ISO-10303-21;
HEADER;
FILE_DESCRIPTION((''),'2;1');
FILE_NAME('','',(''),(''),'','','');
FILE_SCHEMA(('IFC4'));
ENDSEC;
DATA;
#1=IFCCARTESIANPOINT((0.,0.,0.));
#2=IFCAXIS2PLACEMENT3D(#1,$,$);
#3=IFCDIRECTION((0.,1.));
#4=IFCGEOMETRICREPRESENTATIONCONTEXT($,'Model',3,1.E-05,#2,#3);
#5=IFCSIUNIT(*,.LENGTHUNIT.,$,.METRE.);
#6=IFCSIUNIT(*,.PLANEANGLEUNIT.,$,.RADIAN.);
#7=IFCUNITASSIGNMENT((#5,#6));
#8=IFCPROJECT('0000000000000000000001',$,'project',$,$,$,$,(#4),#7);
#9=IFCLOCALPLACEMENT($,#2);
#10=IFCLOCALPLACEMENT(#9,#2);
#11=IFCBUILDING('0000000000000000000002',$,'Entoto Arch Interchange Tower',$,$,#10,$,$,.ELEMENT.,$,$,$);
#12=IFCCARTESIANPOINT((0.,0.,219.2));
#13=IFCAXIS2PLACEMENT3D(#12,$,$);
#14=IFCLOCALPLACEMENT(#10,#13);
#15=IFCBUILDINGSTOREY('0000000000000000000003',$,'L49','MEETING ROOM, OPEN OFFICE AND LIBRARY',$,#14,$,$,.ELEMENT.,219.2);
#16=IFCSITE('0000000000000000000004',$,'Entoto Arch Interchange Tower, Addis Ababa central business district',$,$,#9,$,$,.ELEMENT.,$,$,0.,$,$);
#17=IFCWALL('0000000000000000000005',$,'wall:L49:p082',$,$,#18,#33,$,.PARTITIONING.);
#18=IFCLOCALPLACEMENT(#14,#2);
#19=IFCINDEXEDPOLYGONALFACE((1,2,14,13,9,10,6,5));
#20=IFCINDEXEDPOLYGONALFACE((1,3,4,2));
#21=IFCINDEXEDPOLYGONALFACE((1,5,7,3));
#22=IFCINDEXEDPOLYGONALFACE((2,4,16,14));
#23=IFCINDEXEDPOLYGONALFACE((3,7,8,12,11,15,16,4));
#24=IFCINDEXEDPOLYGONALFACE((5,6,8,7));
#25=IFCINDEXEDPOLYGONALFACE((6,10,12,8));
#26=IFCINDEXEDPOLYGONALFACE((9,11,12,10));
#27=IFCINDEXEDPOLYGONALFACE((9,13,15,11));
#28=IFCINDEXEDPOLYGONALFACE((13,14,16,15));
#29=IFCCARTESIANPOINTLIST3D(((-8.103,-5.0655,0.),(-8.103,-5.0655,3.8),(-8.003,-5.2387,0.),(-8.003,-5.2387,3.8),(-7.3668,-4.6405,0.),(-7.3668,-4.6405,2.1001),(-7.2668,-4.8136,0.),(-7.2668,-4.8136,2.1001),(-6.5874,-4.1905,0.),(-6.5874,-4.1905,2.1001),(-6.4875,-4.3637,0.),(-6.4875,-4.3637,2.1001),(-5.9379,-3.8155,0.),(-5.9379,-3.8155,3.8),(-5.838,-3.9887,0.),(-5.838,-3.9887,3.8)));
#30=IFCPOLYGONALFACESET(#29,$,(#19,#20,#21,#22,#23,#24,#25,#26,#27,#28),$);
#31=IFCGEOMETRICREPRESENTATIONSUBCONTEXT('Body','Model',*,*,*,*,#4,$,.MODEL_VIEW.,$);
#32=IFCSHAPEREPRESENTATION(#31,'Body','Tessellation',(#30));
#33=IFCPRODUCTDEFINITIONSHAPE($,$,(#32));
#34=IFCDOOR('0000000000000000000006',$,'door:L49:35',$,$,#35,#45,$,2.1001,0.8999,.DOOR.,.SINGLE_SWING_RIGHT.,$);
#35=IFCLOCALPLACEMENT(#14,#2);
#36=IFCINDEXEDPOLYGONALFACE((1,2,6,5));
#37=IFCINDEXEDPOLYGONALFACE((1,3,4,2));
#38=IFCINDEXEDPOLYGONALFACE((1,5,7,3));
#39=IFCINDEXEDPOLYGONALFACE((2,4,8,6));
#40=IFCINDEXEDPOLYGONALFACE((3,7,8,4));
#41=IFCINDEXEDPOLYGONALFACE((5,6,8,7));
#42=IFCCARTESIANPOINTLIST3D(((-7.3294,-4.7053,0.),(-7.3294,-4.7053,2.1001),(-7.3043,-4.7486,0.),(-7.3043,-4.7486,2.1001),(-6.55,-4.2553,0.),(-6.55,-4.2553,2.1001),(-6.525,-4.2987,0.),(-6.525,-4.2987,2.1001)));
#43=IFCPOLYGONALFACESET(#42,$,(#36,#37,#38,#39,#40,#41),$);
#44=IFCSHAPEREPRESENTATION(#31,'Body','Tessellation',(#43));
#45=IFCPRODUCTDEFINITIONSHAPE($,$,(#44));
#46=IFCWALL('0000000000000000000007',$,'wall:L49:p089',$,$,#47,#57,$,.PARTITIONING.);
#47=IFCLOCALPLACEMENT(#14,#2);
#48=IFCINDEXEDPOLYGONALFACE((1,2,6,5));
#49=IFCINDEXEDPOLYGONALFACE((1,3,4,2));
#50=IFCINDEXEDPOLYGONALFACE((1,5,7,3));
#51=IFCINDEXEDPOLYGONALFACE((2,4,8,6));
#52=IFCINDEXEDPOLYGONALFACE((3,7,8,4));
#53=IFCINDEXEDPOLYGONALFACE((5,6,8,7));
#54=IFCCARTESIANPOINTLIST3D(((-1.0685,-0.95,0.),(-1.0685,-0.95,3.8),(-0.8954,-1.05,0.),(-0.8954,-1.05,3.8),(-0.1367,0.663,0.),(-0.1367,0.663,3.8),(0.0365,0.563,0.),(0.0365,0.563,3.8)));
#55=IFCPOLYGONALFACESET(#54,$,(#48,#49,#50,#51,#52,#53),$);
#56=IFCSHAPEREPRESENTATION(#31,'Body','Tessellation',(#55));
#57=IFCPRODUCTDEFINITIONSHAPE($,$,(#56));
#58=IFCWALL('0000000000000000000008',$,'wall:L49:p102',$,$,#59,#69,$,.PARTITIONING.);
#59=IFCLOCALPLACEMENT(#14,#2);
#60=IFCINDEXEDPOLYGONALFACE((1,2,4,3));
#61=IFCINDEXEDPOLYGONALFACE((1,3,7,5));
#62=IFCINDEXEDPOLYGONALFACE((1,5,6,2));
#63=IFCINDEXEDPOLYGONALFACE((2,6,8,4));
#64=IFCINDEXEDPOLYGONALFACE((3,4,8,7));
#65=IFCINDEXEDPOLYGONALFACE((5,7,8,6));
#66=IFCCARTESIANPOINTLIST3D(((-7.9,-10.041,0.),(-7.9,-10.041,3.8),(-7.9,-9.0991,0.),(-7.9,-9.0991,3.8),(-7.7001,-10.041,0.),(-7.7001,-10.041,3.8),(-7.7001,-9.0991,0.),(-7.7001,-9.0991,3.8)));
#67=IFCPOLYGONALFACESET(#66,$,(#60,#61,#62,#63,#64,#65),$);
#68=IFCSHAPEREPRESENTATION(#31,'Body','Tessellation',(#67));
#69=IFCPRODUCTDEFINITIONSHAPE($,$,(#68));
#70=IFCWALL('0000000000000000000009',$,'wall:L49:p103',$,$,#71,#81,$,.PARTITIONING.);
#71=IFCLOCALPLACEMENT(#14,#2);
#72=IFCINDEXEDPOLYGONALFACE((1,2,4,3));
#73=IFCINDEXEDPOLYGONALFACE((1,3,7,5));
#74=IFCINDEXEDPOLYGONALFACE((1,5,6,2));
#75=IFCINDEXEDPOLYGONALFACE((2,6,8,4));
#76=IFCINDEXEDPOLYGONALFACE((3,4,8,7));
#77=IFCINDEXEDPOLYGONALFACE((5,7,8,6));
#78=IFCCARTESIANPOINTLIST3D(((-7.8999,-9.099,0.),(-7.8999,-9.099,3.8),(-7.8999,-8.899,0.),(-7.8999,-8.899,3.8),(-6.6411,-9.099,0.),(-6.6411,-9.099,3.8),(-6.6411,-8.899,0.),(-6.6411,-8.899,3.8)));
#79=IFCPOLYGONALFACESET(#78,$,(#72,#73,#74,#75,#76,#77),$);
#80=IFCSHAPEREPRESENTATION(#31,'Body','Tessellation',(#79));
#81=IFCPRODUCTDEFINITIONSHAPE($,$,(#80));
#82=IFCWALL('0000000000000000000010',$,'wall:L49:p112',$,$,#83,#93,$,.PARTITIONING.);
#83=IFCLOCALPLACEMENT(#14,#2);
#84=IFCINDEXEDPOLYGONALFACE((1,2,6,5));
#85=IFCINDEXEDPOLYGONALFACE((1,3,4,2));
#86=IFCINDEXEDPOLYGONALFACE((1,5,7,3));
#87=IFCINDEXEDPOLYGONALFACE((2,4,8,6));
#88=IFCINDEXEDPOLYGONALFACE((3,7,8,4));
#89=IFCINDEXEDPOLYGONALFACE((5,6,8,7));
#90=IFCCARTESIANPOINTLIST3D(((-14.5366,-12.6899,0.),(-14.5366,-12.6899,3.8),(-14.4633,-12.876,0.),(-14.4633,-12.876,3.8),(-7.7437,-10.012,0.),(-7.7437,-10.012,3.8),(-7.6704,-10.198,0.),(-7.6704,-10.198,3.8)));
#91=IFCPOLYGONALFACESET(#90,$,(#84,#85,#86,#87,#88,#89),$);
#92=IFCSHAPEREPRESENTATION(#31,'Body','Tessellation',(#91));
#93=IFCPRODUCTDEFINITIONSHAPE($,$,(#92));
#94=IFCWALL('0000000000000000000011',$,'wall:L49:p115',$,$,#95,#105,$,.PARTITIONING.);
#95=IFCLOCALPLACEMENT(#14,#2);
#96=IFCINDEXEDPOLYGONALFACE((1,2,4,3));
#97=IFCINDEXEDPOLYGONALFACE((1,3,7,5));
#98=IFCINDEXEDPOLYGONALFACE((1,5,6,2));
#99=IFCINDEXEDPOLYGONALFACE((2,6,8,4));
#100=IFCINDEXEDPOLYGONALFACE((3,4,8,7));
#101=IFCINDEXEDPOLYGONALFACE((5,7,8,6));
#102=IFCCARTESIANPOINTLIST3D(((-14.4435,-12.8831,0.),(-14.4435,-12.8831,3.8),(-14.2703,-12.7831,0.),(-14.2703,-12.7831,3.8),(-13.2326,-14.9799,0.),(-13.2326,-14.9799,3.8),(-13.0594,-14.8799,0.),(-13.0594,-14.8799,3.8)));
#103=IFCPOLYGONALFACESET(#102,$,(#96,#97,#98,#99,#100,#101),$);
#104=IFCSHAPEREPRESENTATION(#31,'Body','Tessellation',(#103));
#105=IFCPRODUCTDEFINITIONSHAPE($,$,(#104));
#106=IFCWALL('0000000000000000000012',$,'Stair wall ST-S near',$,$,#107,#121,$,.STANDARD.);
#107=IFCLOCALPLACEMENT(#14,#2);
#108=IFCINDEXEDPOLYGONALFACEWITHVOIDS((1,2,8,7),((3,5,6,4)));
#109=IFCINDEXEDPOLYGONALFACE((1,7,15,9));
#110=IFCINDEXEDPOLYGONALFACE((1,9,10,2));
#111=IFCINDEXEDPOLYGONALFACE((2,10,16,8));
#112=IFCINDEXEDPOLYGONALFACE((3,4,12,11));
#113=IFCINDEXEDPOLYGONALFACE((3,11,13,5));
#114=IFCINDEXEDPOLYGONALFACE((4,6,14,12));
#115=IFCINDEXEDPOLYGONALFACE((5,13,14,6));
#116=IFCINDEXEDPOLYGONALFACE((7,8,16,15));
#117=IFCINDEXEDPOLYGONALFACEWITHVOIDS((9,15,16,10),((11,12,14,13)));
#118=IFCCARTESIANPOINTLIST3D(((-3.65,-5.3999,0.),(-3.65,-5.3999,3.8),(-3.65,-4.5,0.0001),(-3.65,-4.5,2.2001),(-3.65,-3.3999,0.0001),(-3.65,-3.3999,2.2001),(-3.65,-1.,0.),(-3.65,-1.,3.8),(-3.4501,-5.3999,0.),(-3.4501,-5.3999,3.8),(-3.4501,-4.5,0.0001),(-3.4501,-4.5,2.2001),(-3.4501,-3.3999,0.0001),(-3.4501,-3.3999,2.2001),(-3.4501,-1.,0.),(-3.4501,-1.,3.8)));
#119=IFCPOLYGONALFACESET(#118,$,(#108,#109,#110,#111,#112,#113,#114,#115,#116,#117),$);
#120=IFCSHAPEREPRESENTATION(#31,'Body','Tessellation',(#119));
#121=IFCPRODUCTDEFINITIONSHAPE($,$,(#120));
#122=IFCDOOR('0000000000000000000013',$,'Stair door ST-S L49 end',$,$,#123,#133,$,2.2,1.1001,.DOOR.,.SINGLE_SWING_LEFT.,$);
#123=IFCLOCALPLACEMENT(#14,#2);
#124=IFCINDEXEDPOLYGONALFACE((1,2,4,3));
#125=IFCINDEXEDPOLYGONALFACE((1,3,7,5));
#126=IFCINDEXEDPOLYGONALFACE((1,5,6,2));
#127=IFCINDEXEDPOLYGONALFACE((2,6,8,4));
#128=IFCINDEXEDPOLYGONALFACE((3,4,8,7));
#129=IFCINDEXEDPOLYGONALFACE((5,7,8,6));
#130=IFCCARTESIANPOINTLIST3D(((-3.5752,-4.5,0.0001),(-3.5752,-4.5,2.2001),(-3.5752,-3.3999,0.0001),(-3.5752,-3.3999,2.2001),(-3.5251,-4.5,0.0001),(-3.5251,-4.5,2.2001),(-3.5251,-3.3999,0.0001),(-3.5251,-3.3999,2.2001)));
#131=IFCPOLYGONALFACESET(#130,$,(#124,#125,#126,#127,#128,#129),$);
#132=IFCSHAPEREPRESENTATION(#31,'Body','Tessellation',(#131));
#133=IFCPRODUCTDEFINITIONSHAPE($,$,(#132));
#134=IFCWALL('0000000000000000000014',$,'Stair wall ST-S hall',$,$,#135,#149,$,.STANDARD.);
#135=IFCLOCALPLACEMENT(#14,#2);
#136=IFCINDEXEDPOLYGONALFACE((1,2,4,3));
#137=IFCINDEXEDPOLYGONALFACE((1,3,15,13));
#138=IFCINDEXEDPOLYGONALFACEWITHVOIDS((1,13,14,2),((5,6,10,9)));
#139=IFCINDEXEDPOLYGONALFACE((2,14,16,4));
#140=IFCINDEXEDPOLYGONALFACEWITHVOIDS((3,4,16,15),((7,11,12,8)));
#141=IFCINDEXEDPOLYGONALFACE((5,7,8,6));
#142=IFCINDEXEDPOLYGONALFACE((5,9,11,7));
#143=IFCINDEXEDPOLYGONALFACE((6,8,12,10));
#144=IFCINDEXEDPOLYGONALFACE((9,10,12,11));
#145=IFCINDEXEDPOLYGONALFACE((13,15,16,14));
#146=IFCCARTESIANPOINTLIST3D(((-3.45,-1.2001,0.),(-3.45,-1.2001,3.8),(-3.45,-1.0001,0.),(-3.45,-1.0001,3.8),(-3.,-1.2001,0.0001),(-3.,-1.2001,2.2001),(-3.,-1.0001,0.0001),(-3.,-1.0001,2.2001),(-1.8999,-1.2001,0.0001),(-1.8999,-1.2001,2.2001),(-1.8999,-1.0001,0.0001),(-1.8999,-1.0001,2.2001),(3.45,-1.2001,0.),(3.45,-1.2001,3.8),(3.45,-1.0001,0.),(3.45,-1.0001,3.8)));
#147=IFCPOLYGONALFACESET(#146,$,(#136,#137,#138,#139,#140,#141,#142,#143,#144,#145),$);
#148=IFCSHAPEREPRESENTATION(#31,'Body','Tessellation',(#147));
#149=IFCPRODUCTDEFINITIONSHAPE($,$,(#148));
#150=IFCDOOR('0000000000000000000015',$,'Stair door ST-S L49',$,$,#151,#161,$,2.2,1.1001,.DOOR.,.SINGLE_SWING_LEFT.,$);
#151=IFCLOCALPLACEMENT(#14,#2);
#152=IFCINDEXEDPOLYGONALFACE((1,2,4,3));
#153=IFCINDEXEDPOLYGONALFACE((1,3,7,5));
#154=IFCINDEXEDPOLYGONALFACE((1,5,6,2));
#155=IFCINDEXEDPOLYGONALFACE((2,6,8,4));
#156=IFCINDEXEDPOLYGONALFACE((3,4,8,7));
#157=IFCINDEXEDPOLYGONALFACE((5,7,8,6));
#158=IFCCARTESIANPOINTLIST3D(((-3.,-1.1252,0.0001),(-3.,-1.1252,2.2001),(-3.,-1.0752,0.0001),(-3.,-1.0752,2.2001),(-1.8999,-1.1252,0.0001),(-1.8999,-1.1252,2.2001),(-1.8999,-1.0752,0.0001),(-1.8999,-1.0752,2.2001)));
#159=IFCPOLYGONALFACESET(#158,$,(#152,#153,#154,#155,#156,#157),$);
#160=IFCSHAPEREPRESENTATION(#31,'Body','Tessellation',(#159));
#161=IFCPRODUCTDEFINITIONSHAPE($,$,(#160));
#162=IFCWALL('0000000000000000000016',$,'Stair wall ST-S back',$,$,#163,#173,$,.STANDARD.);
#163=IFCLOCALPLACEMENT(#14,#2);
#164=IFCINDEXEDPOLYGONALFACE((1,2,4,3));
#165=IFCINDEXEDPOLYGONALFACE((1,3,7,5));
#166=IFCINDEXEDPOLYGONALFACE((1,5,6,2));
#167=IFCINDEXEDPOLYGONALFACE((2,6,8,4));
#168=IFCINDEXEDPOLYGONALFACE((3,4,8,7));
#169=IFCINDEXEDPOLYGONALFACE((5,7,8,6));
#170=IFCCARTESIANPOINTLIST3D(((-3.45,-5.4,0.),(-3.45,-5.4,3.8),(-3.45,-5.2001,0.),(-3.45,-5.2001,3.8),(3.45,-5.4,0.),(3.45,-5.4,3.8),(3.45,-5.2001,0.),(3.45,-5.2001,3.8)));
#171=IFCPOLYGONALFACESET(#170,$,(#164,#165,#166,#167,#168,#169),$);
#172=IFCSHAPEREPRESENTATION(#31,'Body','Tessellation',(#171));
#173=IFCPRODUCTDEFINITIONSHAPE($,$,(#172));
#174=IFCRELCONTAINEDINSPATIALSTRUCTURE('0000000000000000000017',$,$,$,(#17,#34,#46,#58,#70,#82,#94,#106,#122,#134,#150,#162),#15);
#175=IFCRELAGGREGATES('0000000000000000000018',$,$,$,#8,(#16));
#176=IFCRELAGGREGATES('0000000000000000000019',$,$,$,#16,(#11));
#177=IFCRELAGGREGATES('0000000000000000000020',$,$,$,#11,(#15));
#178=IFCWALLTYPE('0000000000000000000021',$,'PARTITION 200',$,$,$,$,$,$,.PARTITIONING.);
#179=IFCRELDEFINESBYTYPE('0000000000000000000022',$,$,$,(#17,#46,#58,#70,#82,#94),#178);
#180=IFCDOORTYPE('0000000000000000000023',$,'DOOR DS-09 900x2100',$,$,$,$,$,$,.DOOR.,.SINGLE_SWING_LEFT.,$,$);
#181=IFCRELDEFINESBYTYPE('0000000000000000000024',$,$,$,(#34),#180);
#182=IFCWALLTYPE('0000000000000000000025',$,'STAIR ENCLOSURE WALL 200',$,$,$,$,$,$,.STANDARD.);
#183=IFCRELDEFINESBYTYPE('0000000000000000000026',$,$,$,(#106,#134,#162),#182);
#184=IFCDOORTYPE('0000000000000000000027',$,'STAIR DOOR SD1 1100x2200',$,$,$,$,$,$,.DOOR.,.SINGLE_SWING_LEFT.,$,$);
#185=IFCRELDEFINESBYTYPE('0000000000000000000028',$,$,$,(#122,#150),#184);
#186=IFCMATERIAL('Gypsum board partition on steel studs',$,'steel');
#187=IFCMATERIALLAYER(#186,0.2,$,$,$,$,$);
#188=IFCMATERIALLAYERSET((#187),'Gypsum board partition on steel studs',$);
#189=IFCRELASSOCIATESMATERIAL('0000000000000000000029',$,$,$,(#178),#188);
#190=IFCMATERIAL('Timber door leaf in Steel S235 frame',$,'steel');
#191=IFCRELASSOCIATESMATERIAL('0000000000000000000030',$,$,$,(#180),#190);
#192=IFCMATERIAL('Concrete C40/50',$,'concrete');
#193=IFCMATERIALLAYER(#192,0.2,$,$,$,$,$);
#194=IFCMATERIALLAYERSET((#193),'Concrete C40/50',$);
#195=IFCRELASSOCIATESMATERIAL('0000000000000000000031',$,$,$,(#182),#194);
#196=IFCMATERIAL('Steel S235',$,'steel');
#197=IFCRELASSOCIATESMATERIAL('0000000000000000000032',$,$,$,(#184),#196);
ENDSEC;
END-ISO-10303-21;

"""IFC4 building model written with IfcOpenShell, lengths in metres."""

from ifc_helpers import new_model, si_unit, direction, frame, frame_2d, origin, place, context, subcontext, project, spatial, rectangle, extrude, material, layer, layer_set, type_object, element, fill, save


model = new_model("IFC4")

# Units and contexts
model_context = context("Model", 3, precision=1e-05, world=origin(), true_north=direction((0.0, 1.0)))
body_context = subcontext(model_context, "Body", "Model", "MODEL_VIEW")
ifc_project = project(units=[si_unit("LENGTHUNIT", "METRE"), si_unit("PLANEANGLEUNIT", "RADIAN")], contexts=[model_context])

# Site, building, storey
site_placement = place(None, origin())
site = spatial("IfcSite", under=ifc_project, at=site_placement, Name="Entoto Arch Interchange Tower, Addis Ababa central business district", CompositionType="ELEMENT", RefElevation=0.0)
building_placement = place(site_placement, origin())
building = spatial("IfcBuilding", under=site, at=building_placement, Name="Entoto Arch Interchange Tower", CompositionType="ELEMENT")
storey_placement = place(building_placement, frame((0.0, 0.0, 219.2)))
storey = spatial("IfcBuildingStorey", under=building, at=storey_placement, Name="L49", Description="MEETING ROOM, OPEN OFFICE AND LIBRARY", CompositionType="ELEMENT", Elevation=219.2)

# Shared definitions
ifc_material_1 = material(Name="Concrete C40/50", Category="concrete")

# Shared definitions
ifc_material_2 = material(Name="Gypsum board partition on steel studs", Category="steel")
ifc_layer_1 = layer(ifc_material_2, 0.2)
ifc_layer_set_1 = layer_set([ifc_layer_1], Name="Gypsum board partition on steel studs")
wall_type_1 = type_object("IfcWallType", Name="PARTITION 200", PredefinedType="PARTITIONING", material=ifc_layer_set_1)
ifc_material_3 = material(Name="Timber door leaf in Steel S235 frame", Category="steel")

# Wall, opening, door
wall_1_placement = place(storey_placement, frame((-5.8879, -3.9021, 0.0), z_axis=(0.0, 0.0, 1.0), x_axis=(-0.866023, -0.500004, 0.0)))
wall_1 = element("IfcWall", 1, at=wall_1_placement, inside=storey, type_object=wall_type_1, Name="wall:L49:p082", PredefinedType="PARTITIONING", context=body_context, shape_type="SweptSolid", body=[
    extrude(rectangle(XDim=2.5, YDim=0.2, at=frame_2d((1.25, 0.0))), origin(), (0.0, 0.0, 1.0), 3.8),
])
opening_1_placement = place(wall_1_placement, frame((0.75, 0.0, 0.0)))
opening_1 = element("IfcOpeningElement", 2, at=opening_1_placement, cuts=wall_1, PredefinedType="OPENING", context=body_context, shape_type="SweptSolid", body=[
    extrude(rectangle(XDim=0.8999, YDim=2.1001, at=frame_2d((0.45, 1.05))), frame((0.0, 0.1099, 0.0), z_axis=(0.0, -1.0, 0.0), x_axis=(1.0, 0.0, 0.0)), (0.0, 0.0, 1.0), 0.22),
])
door_type_1 = type_object("IfcDoorType", Name="DOOR DS-09 900x2100", OperationType="SINGLE_SWING_LEFT", PredefinedType="DOOR", material=ifc_material_3)
door_1_placement = place(opening_1_placement, origin())
door_1 = element("IfcDoor", 3, at=door_1_placement, inside=storey, type_object=door_type_1, Name="door:L49:35", OperationType="SINGLE_SWING_RIGHT", OverallHeight=2.1001, OverallWidth=0.8999, PredefinedType="DOOR", context=body_context, shape_type="SweptSolid", body=[
    extrude(rectangle(XDim=0.8999, YDim=2.1001, at=frame_2d((0.45, 1.05))), frame((0.0, 0.0249, 0.0), z_axis=(0.0, -1.0, 0.0), x_axis=(1.0, 0.0, 0.0)), (0.0, 0.0, 1.0), 0.05),
])
fill(opening_1, door_1)

# Walls
wall_2_placement = place(storey_placement, frame((-0.9819, -1.0, 0.0), z_axis=(0.0, 0.0, 1.0), x_axis=(0.50024, 0.865887, 0.0)))
element("IfcWall", 4, at=wall_2_placement, inside=storey, type_object=wall_type_1, Name="wall:L49:p089", PredefinedType="PARTITIONING", context=body_context, shape_type="SweptSolid", body=[
    extrude(rectangle(XDim=1.8628, YDim=0.2, at=frame_2d((0.9314, 0.0))), origin(), (0.0, 0.0, 1.0), 3.8),
])
wall_3_placement = place(storey_placement, frame((-7.8, -10.041, 0.0), z_axis=(0.0, 0.0, 1.0), x_axis=(0.0, 1.0, 0.0)))
element("IfcWall", 5, at=wall_3_placement, inside=storey, type_object=wall_type_1, Name="wall:L49:p102", PredefinedType="PARTITIONING", context=body_context, shape_type="SweptSolid", body=[
    extrude(rectangle(XDim=0.9419, YDim=0.2, at=frame_2d((0.4709, 0.0))), origin(), (0.0, 0.0, 1.0), 3.8),
])
wall_4_placement = place(storey_placement, frame((-7.8999, -8.999, 0.0), z_axis=(0.0, 0.0, 1.0), x_axis=(1.0, 0.0, 0.0)))
element("IfcWall", 6, at=wall_4_placement, inside=storey, type_object=wall_type_1, Name="wall:L49:p103", PredefinedType="PARTITIONING", context=body_context, shape_type="SweptSolid", body=[
    extrude(rectangle(XDim=1.2588, YDim=0.2, at=frame_2d((0.6294, 0.0))), origin(), (0.0, 0.0, 1.0), 3.8),
])
wall_5_placement = place(storey_placement, frame((-7.707, -10.105, 0.0), z_axis=(0.0, 0.0, 1.0), x_axis=(-0.930317, -0.366757, 0.0)))
element("IfcWall", 7, at=wall_5_placement, inside=storey, type_object=wall_type_1, Name="wall:L49:p112", PredefinedType="PARTITIONING", context=body_context, shape_type="SweptSolid", body=[
    extrude(rectangle(XDim=7.3018, YDim=0.2, at=frame_2d((3.6509, 0.0))), origin(), (0.0, 0.0, 1.0), 3.8),
])
wall_6_placement = place(storey_placement, frame((-13.146, -14.9299, 0.0), z_axis=(0.0, 0.0, 1.0), x_axis=(-0.500086, 0.865976, 0.0)))
element("IfcWall", 8, at=wall_6_placement, inside=storey, type_object=wall_type_1, Name="wall:L49:p115", PredefinedType="PARTITIONING", context=body_context, shape_type="SweptSolid", body=[
    extrude(rectangle(XDim=2.4214, YDim=0.2, at=frame_2d((1.2107, 0.0))), origin(), (0.0, 0.0, 1.0), 3.8),
])

# Walls, openings, doors
ifc_layer_2 = layer(ifc_material_1, 0.2)
ifc_layer_set_2 = layer_set([ifc_layer_2], Name="Concrete C40/50")
wall_type_2 = type_object("IfcWallType", Name="STAIR ENCLOSURE WALL 200", PredefinedType="STANDARD", material=ifc_layer_set_2)
wall_7_placement = place(storey_placement, frame((-3.55, -1.0, 0.0), z_axis=(0.0, 0.0, 1.0), x_axis=(0.0, -1.0, 0.0)))
wall_7 = element("IfcWall", 9, at=wall_7_placement, inside=storey, type_object=wall_type_2, Name="Stair wall ST-S near", PredefinedType="STANDARD", context=body_context, shape_type="SweptSolid", body=[
    extrude(rectangle(XDim=4.3999, YDim=0.2, at=frame_2d((2.2, 0.0))), origin(), (0.0, 0.0, 1.0), 3.8),
])
opening_2_placement = place(wall_7_placement, frame((2.3999, 0.0, 0.0)))
opening_2 = element("IfcOpeningElement", 10, at=opening_2_placement, cuts=wall_7, PredefinedType="OPENING", context=body_context, shape_type="SweptSolid", body=[
    extrude(rectangle(XDim=1.1001, YDim=2.2, at=frame_2d((0.55, 1.1001))), frame((0.0, 0.1099, 0.0), z_axis=(0.0, -1.0, 0.0), x_axis=(1.0, 0.0, 0.0)), (0.0, 0.0, 1.0), 0.22),
])
ifc_material_4 = material(Name="Steel S235", Category="steel")
door_type_2 = type_object("IfcDoorType", Name="STAIR DOOR SD1 1100x2200", OperationType="SINGLE_SWING_LEFT", PredefinedType="DOOR", material=ifc_material_4)
door_2_placement = place(opening_2_placement, origin())
door_2 = element("IfcDoor", 11, at=door_2_placement, inside=storey, type_object=door_type_2, Name="Stair door ST-S L49 end", OperationType="SINGLE_SWING_LEFT", OverallHeight=2.2, OverallWidth=1.1001, PredefinedType="DOOR", context=body_context, shape_type="SweptSolid", body=[
    extrude(rectangle(XDim=1.1001, YDim=2.2, at=frame_2d((0.55, 1.1001))), frame((0.0, 0.0249, 0.0), z_axis=(0.0, -1.0, 0.0), x_axis=(1.0, 0.0, 0.0)), (0.0, 0.0, 1.0), 0.05),
])
fill(opening_2, door_2)
wall_8_placement = place(storey_placement, frame((-3.45, -1.1001, 0.0), z_axis=(0.0, 0.0, 1.0), x_axis=(1.0, 0.0, 0.0)))
wall_8 = element("IfcWall", 12, at=wall_8_placement, inside=storey, type_object=wall_type_2, Name="Stair wall ST-S hall", PredefinedType="STANDARD", context=body_context, shape_type="SweptSolid", body=[
    extrude(rectangle(XDim=6.8999, YDim=0.2, at=frame_2d((3.45, 0.0))), origin(), (0.0, 0.0, 1.0), 3.8),
])
opening_3_placement = place(wall_8_placement, frame((0.45, 0.0, 0.0)))
opening_3 = element("IfcOpeningElement", 13, at=opening_3_placement, cuts=wall_8, PredefinedType="OPENING", context=body_context, shape_type="SweptSolid", body=[
    extrude(rectangle(XDim=1.1001, YDim=2.2, at=frame_2d((0.55, 1.1001))), frame((0.0, 0.1099, 0.0), z_axis=(0.0, -1.0, 0.0), x_axis=(1.0, 0.0, 0.0)), (0.0, 0.0, 1.0), 0.22),
])
door_3_placement = place(opening_3_placement, origin())
door_3 = element("IfcDoor", 14, at=door_3_placement, inside=storey, type_object=door_type_2, Name="Stair door ST-S L49", OperationType="SINGLE_SWING_LEFT", OverallHeight=2.2, OverallWidth=1.1001, PredefinedType="DOOR", context=body_context, shape_type="SweptSolid", body=[
    extrude(rectangle(XDim=1.1001, YDim=2.2, at=frame_2d((0.55, 1.1001))), frame((0.0, 0.0249, 0.0), z_axis=(0.0, -1.0, 0.0), x_axis=(1.0, 0.0, 0.0)), (0.0, 0.0, 1.0), 0.05),
])
fill(opening_3, door_3)

# Wall
wall_9_placement = place(storey_placement, frame((-3.45, -5.3, 0.0), z_axis=(0.0, 0.0, 1.0), x_axis=(1.0, 0.0, 0.0)))
element("IfcWall", 15, at=wall_9_placement, inside=storey, type_object=wall_type_2, Name="Stair wall ST-S back", PredefinedType="STANDARD", context=body_context, shape_type="SweptSolid", body=[
    extrude(rectangle(XDim=6.8999, YDim=0.2, at=frame_2d((3.45, 0.0))), origin(), (0.0, 0.0, 1.0), 3.8),
])

save(model, "model.ifc")
